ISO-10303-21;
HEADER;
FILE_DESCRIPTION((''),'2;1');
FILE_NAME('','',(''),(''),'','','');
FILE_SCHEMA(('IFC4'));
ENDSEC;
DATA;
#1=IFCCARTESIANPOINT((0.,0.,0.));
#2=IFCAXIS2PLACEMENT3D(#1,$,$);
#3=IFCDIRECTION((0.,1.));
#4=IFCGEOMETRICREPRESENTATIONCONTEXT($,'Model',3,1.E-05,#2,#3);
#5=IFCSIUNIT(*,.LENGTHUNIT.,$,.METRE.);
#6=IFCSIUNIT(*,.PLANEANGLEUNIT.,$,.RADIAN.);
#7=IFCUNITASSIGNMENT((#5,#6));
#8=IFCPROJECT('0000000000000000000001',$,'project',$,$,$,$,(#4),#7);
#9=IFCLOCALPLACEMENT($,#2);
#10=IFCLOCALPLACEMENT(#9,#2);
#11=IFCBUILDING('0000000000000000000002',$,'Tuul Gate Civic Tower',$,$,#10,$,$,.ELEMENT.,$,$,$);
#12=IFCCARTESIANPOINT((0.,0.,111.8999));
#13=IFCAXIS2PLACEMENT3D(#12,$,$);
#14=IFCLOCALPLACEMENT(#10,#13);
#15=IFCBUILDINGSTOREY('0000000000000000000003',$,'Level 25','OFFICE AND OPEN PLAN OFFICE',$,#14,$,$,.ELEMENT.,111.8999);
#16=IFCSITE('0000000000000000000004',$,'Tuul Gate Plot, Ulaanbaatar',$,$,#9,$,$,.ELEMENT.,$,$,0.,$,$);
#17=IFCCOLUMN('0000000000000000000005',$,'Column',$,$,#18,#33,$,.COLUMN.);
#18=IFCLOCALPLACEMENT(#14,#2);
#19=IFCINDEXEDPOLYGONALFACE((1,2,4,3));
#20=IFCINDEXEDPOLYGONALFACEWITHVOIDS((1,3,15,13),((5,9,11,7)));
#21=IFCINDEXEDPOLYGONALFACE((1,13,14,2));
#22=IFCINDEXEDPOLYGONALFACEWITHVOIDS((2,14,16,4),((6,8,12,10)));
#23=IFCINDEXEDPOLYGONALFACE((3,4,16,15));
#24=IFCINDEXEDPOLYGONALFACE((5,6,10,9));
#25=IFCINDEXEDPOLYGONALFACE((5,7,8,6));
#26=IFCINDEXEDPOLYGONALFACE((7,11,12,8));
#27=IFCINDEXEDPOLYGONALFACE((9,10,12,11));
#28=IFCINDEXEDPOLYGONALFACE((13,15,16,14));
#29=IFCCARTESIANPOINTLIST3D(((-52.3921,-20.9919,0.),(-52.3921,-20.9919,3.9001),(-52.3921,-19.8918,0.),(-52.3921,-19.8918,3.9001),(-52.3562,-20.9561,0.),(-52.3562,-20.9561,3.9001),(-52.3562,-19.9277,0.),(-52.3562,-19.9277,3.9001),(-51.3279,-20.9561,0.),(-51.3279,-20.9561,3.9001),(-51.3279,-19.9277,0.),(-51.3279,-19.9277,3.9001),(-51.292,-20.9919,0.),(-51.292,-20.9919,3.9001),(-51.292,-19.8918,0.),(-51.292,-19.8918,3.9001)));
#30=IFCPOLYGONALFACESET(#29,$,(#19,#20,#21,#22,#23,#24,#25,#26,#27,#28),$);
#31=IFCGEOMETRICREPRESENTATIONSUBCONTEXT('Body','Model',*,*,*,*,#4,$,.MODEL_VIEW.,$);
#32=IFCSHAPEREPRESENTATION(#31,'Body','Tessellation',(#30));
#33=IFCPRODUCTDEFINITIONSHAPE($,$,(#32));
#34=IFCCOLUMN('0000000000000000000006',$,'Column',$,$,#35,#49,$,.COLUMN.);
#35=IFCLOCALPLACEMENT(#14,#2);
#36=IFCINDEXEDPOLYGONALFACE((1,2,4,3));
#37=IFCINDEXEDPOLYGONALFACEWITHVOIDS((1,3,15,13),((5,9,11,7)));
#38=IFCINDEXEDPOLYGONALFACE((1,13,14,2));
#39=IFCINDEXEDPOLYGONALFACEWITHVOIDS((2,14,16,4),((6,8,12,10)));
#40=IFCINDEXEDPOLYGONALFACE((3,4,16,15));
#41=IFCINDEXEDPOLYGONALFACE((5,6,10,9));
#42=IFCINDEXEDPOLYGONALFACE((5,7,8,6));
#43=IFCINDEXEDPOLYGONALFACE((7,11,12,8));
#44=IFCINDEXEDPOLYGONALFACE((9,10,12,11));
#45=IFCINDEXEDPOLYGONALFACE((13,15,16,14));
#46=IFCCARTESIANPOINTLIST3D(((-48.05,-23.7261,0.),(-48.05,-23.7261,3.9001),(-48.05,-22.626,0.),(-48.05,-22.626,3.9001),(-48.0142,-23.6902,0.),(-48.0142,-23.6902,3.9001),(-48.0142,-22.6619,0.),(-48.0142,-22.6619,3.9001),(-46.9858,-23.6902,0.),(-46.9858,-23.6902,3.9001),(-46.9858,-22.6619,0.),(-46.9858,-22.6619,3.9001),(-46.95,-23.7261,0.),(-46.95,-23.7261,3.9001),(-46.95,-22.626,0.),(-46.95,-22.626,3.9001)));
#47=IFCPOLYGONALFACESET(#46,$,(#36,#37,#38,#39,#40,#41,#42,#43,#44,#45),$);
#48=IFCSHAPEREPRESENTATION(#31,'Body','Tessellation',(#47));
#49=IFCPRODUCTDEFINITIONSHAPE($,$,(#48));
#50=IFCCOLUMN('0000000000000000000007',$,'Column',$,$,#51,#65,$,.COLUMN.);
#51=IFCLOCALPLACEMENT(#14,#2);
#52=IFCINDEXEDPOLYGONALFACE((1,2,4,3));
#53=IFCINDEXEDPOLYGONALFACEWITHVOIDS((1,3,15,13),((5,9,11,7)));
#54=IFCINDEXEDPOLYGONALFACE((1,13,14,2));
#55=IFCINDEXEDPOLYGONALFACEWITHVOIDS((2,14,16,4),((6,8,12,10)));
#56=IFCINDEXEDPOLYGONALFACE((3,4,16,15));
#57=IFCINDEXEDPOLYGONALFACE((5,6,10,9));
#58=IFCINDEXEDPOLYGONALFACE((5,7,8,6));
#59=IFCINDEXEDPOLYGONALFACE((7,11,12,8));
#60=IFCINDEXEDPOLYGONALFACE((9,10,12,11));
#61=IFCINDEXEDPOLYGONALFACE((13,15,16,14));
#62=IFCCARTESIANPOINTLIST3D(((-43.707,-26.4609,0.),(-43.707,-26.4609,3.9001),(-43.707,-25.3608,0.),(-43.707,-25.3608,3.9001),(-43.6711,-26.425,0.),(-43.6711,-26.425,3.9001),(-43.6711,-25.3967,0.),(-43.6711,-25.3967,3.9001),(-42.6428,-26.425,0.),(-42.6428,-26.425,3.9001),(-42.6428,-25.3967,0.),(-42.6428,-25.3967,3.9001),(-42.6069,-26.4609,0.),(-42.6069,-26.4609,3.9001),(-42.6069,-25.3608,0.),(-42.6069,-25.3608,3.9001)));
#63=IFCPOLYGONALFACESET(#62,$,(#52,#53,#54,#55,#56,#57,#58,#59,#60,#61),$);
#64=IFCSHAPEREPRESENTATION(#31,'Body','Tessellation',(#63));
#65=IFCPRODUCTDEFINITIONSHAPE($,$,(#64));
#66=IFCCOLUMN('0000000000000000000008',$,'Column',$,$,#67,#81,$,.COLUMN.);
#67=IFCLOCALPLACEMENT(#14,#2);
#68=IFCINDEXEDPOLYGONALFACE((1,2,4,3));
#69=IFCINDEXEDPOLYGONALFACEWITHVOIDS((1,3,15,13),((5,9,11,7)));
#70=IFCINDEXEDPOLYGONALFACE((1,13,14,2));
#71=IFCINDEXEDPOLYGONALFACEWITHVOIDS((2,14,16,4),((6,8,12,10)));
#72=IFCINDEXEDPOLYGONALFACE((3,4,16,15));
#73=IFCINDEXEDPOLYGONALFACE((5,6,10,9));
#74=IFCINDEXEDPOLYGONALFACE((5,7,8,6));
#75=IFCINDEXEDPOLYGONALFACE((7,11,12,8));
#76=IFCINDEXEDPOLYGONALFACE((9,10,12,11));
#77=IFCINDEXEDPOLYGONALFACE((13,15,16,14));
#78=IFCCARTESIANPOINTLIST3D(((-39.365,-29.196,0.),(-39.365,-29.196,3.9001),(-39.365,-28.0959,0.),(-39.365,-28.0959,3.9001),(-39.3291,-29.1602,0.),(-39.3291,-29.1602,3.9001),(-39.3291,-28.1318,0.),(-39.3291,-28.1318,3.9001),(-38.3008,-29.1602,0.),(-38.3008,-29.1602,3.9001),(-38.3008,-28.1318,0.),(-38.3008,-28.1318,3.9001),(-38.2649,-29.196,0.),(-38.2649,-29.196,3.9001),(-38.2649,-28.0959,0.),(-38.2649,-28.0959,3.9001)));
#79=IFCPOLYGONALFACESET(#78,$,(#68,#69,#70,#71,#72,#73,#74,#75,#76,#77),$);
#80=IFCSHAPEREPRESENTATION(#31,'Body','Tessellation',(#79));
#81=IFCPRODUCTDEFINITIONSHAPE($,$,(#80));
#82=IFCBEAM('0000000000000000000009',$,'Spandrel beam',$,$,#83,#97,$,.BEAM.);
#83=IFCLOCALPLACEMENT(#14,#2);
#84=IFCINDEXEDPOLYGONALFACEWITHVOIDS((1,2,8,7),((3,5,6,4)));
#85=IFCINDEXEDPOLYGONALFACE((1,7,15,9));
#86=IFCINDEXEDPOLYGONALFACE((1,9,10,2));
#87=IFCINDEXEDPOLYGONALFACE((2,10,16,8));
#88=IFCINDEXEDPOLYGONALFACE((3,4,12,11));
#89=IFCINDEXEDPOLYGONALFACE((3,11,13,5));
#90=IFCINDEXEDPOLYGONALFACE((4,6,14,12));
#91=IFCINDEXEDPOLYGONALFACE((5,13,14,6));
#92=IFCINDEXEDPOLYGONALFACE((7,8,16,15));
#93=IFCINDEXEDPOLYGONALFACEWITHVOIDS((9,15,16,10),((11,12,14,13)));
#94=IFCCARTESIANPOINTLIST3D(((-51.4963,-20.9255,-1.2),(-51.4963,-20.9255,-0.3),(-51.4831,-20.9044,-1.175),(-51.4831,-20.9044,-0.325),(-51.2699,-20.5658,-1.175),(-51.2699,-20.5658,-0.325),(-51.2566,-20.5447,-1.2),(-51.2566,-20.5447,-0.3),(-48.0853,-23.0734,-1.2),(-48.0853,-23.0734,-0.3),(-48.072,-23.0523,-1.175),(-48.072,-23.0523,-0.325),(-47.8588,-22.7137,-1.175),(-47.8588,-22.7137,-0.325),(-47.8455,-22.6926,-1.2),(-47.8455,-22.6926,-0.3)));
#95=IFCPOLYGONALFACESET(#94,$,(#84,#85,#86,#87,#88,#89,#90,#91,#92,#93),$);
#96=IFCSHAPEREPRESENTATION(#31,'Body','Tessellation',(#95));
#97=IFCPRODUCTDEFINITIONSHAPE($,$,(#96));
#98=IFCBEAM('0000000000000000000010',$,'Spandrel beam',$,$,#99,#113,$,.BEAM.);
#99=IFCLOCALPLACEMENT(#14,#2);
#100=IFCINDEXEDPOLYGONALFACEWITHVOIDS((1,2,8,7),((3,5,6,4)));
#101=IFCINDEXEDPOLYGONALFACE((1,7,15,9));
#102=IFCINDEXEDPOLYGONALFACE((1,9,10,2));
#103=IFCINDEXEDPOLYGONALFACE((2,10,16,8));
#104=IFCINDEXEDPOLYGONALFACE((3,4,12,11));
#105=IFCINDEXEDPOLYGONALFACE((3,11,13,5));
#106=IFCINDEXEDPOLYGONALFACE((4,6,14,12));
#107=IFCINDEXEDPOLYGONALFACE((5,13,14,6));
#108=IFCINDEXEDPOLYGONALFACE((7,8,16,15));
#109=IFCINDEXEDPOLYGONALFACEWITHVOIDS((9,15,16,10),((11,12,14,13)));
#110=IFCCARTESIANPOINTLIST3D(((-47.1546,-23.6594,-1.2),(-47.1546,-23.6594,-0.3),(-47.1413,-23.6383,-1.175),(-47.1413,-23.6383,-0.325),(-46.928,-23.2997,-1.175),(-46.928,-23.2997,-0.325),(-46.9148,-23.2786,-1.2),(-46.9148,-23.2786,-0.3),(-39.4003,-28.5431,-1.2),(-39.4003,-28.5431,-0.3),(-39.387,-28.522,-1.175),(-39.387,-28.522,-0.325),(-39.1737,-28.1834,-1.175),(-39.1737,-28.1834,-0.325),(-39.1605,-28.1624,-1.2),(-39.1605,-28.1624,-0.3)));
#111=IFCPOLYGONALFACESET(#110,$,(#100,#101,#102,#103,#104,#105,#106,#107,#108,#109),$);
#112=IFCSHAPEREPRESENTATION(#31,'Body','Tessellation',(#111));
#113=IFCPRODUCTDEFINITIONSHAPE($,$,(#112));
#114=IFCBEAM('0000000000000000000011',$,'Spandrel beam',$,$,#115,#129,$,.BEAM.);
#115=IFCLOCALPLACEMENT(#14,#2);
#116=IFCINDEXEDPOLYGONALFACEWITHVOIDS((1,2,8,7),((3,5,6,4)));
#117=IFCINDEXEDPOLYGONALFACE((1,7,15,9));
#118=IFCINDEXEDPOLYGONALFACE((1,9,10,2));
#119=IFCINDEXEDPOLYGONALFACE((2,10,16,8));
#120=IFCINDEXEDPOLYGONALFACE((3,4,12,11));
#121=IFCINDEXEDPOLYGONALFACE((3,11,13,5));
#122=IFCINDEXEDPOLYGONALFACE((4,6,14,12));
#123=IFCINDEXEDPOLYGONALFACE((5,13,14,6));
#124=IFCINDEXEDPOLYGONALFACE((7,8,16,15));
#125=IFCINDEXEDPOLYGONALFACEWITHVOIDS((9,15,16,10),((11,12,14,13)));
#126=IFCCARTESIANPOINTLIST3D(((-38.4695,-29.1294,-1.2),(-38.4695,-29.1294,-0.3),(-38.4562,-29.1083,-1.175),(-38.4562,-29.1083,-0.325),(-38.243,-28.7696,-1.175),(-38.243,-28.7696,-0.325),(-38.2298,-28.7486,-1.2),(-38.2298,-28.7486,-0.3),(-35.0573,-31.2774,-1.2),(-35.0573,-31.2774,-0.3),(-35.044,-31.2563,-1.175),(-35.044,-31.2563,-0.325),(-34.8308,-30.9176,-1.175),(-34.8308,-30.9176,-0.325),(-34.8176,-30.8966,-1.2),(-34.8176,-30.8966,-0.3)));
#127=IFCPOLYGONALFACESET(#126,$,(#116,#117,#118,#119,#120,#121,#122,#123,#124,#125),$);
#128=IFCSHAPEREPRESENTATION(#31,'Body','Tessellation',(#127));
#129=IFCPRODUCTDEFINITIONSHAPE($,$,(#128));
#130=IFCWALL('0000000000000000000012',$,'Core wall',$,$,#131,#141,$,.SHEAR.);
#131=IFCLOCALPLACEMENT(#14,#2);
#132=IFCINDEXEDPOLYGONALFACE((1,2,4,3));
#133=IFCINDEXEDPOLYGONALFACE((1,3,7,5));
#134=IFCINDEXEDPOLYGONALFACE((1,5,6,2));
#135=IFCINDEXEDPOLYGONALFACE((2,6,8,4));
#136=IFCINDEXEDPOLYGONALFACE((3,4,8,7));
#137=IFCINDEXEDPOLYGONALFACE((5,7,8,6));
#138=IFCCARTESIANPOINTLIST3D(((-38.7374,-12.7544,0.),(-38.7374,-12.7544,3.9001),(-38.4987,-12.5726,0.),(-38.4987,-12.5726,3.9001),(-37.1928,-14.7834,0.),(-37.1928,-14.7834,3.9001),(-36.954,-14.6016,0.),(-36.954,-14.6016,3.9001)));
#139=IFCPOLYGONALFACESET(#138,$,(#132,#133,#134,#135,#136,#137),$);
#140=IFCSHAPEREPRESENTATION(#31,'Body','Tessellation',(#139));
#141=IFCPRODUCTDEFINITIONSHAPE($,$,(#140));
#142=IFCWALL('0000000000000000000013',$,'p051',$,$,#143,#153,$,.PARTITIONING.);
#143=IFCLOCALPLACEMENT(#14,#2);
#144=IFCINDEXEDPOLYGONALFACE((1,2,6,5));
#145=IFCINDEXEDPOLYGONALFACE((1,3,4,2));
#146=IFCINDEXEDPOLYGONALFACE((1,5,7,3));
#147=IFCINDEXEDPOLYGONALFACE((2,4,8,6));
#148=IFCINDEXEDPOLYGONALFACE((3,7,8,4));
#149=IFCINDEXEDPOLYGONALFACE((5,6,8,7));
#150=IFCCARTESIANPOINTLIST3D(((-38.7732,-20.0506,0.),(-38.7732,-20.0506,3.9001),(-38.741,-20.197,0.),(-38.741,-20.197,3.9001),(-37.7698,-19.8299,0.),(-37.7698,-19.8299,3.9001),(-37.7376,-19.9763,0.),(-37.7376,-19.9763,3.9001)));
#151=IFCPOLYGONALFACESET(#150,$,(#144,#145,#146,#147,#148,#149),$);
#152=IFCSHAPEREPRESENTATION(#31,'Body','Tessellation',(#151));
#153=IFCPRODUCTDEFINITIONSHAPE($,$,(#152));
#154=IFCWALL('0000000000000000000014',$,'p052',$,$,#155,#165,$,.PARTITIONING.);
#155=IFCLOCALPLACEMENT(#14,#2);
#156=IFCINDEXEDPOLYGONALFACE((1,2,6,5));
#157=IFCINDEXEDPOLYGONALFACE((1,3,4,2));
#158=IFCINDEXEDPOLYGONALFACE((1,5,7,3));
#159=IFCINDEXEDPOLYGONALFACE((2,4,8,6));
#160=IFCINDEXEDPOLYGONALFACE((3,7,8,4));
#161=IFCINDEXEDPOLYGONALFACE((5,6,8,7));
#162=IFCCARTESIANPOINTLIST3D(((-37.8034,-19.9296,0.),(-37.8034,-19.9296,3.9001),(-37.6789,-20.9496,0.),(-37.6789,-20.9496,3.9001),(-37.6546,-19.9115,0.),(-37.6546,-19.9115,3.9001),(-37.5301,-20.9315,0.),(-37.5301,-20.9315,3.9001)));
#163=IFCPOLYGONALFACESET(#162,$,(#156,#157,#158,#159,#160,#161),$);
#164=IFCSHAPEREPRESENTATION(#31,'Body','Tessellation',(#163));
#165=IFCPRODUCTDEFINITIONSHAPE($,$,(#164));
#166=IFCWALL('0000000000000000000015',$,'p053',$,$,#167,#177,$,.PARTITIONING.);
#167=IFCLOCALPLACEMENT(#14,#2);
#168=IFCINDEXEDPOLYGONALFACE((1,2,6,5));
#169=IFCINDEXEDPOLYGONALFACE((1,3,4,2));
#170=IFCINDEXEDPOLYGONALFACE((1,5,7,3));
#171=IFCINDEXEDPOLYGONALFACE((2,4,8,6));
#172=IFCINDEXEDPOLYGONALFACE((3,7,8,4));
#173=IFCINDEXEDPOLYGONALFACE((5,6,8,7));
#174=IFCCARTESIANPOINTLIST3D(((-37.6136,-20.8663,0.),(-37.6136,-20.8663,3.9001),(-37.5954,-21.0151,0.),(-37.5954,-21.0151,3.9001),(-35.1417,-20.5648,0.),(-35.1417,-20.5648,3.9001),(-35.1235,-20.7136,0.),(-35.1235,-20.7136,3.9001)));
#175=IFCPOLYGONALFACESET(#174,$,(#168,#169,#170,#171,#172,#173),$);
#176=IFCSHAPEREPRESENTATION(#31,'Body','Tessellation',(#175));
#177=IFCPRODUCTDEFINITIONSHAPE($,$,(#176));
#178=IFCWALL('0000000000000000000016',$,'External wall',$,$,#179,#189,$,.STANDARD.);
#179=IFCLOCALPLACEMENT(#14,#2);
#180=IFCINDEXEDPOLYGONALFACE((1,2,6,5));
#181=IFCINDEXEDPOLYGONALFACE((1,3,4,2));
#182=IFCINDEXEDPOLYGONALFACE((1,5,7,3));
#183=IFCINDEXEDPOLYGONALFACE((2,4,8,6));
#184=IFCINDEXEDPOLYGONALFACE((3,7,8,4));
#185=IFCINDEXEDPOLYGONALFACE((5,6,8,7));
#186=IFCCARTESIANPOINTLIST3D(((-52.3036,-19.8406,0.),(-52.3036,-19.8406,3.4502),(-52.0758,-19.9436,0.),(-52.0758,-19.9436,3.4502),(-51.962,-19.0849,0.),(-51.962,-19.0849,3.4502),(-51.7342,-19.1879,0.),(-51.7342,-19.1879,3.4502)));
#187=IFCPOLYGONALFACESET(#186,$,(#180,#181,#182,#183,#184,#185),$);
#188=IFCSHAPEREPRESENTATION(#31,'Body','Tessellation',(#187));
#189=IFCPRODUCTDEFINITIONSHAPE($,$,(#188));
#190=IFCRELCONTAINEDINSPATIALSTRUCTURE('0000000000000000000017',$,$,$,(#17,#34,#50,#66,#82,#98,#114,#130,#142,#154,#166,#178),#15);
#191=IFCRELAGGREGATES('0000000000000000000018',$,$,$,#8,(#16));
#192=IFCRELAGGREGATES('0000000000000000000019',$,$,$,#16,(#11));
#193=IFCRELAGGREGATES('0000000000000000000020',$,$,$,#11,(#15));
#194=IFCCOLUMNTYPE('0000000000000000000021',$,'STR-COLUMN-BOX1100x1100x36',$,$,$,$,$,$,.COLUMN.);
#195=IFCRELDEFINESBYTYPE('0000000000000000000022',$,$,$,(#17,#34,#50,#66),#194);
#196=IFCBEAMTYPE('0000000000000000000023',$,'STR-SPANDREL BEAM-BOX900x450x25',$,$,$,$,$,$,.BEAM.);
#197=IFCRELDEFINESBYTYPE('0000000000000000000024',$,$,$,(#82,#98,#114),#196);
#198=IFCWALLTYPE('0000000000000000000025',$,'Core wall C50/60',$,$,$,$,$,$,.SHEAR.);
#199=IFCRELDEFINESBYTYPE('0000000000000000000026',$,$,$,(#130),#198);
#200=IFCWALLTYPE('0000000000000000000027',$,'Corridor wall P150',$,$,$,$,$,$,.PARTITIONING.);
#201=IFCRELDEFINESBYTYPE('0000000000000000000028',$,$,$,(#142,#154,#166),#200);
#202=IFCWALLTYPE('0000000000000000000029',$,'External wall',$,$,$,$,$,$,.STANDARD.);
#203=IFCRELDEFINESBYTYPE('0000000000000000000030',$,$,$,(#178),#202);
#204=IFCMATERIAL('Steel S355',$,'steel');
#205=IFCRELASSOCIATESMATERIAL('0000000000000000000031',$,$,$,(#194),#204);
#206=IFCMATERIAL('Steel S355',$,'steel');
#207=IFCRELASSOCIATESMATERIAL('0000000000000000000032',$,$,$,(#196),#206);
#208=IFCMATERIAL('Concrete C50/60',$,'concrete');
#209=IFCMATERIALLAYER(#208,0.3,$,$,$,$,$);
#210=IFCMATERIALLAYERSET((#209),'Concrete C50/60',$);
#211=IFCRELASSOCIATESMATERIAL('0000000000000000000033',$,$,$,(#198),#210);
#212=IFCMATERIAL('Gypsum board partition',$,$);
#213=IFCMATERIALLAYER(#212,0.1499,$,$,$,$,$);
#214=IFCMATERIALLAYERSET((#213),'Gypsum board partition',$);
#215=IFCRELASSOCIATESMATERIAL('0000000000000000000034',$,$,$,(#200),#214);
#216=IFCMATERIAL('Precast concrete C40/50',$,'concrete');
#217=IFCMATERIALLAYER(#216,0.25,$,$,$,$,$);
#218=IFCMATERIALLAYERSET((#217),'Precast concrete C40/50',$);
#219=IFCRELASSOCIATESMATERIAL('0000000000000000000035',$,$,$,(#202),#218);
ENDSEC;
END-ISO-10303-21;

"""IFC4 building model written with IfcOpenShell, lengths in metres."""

from ifc_helpers import new_model, si_unit, direction, frame, frame_2d, origin, origin_2d, place, context, subcontext, project, spatial, rectangle, hollow_rectangle, extrude, material, layer, layer_set, material_profile, profile_set, type_object, element, save


model = new_model("IFC4")

# Units and contexts
model_context = context("Model", 3, precision=1e-05, world=origin(), true_north=direction((0.0, 1.0)))
body_context = subcontext(model_context, "Body", "Model", "MODEL_VIEW")
ifc_project = project(units=[si_unit("LENGTHUNIT", "METRE"), si_unit("PLANEANGLEUNIT", "RADIAN")], contexts=[model_context])

# Site, building, storey
site_placement = place(None, origin())
site = spatial("IfcSite", under=ifc_project, at=site_placement, Name="Tuul Gate Plot, Ulaanbaatar", CompositionType="ELEMENT", RefElevation=0.0)
building_placement = place(site_placement, origin())
building = spatial("IfcBuilding", under=site, at=building_placement, Name="Tuul Gate Civic Tower", CompositionType="ELEMENT")
storey_placement = place(building_placement, frame((0.0, 0.0, 111.8999)))
storey = spatial("IfcBuildingStorey", under=building, at=storey_placement, Name="Level 25", Description="OFFICE AND OPEN PLAN OFFICE", CompositionType="ELEMENT", Elevation=111.8999)

# Columns
ifc_material_1 = material(Name="Steel S355", Category="steel")
ifc_material_profile_1 = material_profile(ifc_material_1, hollow_rectangle(XDim=1.1001, YDim=1.1001, WallThickness=0.0359, at=origin_2d()), Name="BOX1100x1100x36")
ifc_profile_set_1 = profile_set([ifc_material_profile_1], Name="Steel S355")
column_type = type_object("IfcColumnType", Name="STR-COLUMN-BOX1100x1100x36", PredefinedType="COLUMN", material=ifc_profile_set_1)
for number, where, z_axis, x_axis, name in (
    (1, (-51.842, -20.4419, 0.0), (0.0, 0.0, 1.0), (1.0, 0.0, 0.0), "Column"),
    (2, (-47.5, -23.176, 0.0), (0.0, 0.0, 1.0), (1.0, 0.0, 0.0), "Column"),
    (3, (-43.157, -25.9109, 0.0), (0.0, 0.0, 1.0), (1.0, 0.0, 0.0), "Column"),
    (4, (-38.8149, -28.646, 0.0), (0.0, 0.0, 1.0), (1.0, 0.0, 0.0), "Column"),
):
    element("IfcColumn", number, at=place(storey_placement, frame(where, z_axis=z_axis, x_axis=x_axis)), inside=storey, type_object=column_type, Name=name, PredefinedType="COLUMN", context=body_context, shape_type="SweptSolid", body=[
        extrude(hollow_rectangle(XDim=1.1001, YDim=1.1001, WallThickness=0.0359, at=origin_2d()), origin(), (0.0, 0.0, 1.0), 3.9001),
    ])

# Beams
ifc_material_2 = material(Name="Steel S355", Category="steel")
ifc_material_profile_2 = material_profile(ifc_material_2, hollow_rectangle(XDim=0.45, YDim=0.8999, WallThickness=0.0249, at=origin_2d()), Name="BOX900x450x25")
ifc_profile_set_2 = profile_set([ifc_material_profile_2], Name="Steel S355")
beam_type = type_object("IfcBeamType", Name="STR-SPANDREL BEAM-BOX900x450x25", PredefinedType="BEAM", material=ifc_profile_set_2)
beam_1_placement = place(storey_placement, frame((-51.3765, -20.7351, -0.75), z_axis=(0.846211, -0.532849, 0.0), x_axis=(0.532849, 0.846211, 0.0)))
element("IfcBeam", 5, at=beam_1_placement, inside=storey, type_object=beam_type, Name="Spandrel beam", PredefinedType="BEAM", context=body_context, shape_type="SweptSolid", body=[
    extrude(hollow_rectangle(XDim=0.45, YDim=0.8999, WallThickness=0.0249, at=origin_2d()), origin(), (0.0, 0.0, 1.0), 4.031),
])
beam_2_placement = place(storey_placement, frame((-47.0347, -23.469, -0.75), z_axis=(0.846164, -0.532922, 0.0), x_axis=(0.532922, 0.846164, 0.0)))
element("IfcBeam", 6, at=beam_2_placement, inside=storey, type_object=beam_type, Name="Spandrel beam", PredefinedType="BEAM", context=body_context, shape_type="SweptSolid", body=[
    extrude(hollow_rectangle(XDim=0.45, YDim=0.8999, WallThickness=0.0249, at=origin_2d()), origin(), (0.0, 0.0, 1.0), 9.1641),
])
beam_3_placement = place(storey_placement, frame((-38.3496, -28.939, -0.75), z_axis=(0.846279, -0.532739, 0.0), x_axis=(0.532739, 0.846279, 0.0)))
element("IfcBeam", 7, at=beam_3_placement, inside=storey, type_object=beam_type, Name="Spandrel beam", PredefinedType="BEAM", context=body_context, shape_type="SweptSolid", body=[
    extrude(hollow_rectangle(XDim=0.45, YDim=0.8999, WallThickness=0.0249, at=origin_2d()), origin(), (0.0, 0.0, 1.0), 4.032),
])

# Walls
ifc_material_3 = material(Name="Concrete C50/60", Category="concrete")
ifc_layer_1 = layer(ifc_material_3, 0.3)
ifc_layer_set_1 = layer_set([ifc_layer_1], Name="Concrete C50/60")
wall_type_1 = type_object("IfcWallType", Name="Core wall C50/60", PredefinedType="SHEAR", material=ifc_layer_set_1)
wall_1_placement = place(storey_placement, frame((-37.0735, -14.6924, 0.0), z_axis=(0.0, 0.0, 1.0), x_axis=(-0.605729, 0.795671, 0.0)))
element("IfcWall", 8, at=wall_1_placement, inside=storey, type_object=wall_type_1, Name="Core wall", PredefinedType="SHEAR", context=body_context, shape_type="SweptSolid", body=[
    extrude(rectangle(XDim=2.55, YDim=0.3, at=frame_2d((1.2749, 0.0))), origin(), (0.0, 0.0, 1.0), 3.9001),
])
ifc_material_4 = material(Name="Gypsum board partition")
ifc_layer_2 = layer(ifc_material_4, 0.1499)
ifc_layer_set_2 = layer_set([ifc_layer_2], Name="Gypsum board partition")
wall_type_2 = type_object("IfcWallType", Name="Corridor wall P150", PredefinedType="PARTITIONING", material=ifc_layer_set_2)
wall_2_placement = place(storey_placement, frame((-38.7571, -20.1238, 0.0), z_axis=(0.0, 0.0, 1.0), x_axis=(0.976654, 0.214816, 0.0)))
element("IfcWall", 9, at=wall_2_placement, inside=storey, type_object=wall_type_2, Name="p051", PredefinedType="PARTITIONING", context=body_context, shape_type="SweptSolid", body=[
    extrude(rectangle(XDim=1.0273, YDim=0.1499, at=frame_2d((0.5137, 0.0))), origin(), (0.0, 0.0, 1.0), 3.9001),
])
wall_3_placement = place(storey_placement, frame((-37.729, -19.9207, 0.0), z_axis=(0.0, 0.0, 1.0), x_axis=(0.121169, -0.992632, 0.0)))
element("IfcWall", 10, at=wall_3_placement, inside=storey, type_object=wall_type_2, Name="p052", PredefinedType="PARTITIONING", context=body_context, shape_type="SweptSolid", body=[
    extrude(rectangle(XDim=1.0276, YDim=0.1499, at=frame_2d((0.5137, 0.0))), origin(), (0.0, 0.0, 1.0), 3.9001),
])
wall_4_placement = place(storey_placement, frame((-37.6045, -20.9407, 0.0), z_axis=(0.0, 0.0, 1.0), x_axis=(0.992643, 0.121078, 0.0)))
element("IfcWall", 11, at=wall_4_placement, inside=storey, type_object=wall_type_2, Name="p053", PredefinedType="PARTITIONING", context=body_context, shape_type="SweptSolid", body=[
    extrude(rectangle(XDim=2.4902, YDim=0.1499, at=frame_2d((1.2451, 0.0))), origin(), (0.0, 0.0, 1.0), 3.9001),
])
ifc_material_5 = material(Name="Precast concrete C40/50", Category="concrete")
ifc_layer_3 = layer(ifc_material_5, 0.25)
ifc_layer_set_3 = layer_set([ifc_layer_3], Name="Precast concrete C40/50")
wall_type_3 = type_object("IfcWallType", Name="External wall", PredefinedType="STANDARD", material=ifc_layer_set_3)
wall_5_placement = place(storey_placement, frame((-51.8481, -19.1365, 0.0), z_axis=(0.0, 0.0, 1.0), x_axis=(-0.411894, -0.911232, 0.0)))
element("IfcWall", 12, at=wall_5_placement, inside=storey, type_object=wall_type_3, Name="External wall", PredefinedType="STANDARD", context=body_context, shape_type="SweptSolid", body=[
    extrude(rectangle(XDim=0.8293, YDim=0.25, at=frame_2d((0.4146, 0.0))), origin(), (0.0, 0.0, 1.0), 3.4502),
])

save(model, "model.ifc")
